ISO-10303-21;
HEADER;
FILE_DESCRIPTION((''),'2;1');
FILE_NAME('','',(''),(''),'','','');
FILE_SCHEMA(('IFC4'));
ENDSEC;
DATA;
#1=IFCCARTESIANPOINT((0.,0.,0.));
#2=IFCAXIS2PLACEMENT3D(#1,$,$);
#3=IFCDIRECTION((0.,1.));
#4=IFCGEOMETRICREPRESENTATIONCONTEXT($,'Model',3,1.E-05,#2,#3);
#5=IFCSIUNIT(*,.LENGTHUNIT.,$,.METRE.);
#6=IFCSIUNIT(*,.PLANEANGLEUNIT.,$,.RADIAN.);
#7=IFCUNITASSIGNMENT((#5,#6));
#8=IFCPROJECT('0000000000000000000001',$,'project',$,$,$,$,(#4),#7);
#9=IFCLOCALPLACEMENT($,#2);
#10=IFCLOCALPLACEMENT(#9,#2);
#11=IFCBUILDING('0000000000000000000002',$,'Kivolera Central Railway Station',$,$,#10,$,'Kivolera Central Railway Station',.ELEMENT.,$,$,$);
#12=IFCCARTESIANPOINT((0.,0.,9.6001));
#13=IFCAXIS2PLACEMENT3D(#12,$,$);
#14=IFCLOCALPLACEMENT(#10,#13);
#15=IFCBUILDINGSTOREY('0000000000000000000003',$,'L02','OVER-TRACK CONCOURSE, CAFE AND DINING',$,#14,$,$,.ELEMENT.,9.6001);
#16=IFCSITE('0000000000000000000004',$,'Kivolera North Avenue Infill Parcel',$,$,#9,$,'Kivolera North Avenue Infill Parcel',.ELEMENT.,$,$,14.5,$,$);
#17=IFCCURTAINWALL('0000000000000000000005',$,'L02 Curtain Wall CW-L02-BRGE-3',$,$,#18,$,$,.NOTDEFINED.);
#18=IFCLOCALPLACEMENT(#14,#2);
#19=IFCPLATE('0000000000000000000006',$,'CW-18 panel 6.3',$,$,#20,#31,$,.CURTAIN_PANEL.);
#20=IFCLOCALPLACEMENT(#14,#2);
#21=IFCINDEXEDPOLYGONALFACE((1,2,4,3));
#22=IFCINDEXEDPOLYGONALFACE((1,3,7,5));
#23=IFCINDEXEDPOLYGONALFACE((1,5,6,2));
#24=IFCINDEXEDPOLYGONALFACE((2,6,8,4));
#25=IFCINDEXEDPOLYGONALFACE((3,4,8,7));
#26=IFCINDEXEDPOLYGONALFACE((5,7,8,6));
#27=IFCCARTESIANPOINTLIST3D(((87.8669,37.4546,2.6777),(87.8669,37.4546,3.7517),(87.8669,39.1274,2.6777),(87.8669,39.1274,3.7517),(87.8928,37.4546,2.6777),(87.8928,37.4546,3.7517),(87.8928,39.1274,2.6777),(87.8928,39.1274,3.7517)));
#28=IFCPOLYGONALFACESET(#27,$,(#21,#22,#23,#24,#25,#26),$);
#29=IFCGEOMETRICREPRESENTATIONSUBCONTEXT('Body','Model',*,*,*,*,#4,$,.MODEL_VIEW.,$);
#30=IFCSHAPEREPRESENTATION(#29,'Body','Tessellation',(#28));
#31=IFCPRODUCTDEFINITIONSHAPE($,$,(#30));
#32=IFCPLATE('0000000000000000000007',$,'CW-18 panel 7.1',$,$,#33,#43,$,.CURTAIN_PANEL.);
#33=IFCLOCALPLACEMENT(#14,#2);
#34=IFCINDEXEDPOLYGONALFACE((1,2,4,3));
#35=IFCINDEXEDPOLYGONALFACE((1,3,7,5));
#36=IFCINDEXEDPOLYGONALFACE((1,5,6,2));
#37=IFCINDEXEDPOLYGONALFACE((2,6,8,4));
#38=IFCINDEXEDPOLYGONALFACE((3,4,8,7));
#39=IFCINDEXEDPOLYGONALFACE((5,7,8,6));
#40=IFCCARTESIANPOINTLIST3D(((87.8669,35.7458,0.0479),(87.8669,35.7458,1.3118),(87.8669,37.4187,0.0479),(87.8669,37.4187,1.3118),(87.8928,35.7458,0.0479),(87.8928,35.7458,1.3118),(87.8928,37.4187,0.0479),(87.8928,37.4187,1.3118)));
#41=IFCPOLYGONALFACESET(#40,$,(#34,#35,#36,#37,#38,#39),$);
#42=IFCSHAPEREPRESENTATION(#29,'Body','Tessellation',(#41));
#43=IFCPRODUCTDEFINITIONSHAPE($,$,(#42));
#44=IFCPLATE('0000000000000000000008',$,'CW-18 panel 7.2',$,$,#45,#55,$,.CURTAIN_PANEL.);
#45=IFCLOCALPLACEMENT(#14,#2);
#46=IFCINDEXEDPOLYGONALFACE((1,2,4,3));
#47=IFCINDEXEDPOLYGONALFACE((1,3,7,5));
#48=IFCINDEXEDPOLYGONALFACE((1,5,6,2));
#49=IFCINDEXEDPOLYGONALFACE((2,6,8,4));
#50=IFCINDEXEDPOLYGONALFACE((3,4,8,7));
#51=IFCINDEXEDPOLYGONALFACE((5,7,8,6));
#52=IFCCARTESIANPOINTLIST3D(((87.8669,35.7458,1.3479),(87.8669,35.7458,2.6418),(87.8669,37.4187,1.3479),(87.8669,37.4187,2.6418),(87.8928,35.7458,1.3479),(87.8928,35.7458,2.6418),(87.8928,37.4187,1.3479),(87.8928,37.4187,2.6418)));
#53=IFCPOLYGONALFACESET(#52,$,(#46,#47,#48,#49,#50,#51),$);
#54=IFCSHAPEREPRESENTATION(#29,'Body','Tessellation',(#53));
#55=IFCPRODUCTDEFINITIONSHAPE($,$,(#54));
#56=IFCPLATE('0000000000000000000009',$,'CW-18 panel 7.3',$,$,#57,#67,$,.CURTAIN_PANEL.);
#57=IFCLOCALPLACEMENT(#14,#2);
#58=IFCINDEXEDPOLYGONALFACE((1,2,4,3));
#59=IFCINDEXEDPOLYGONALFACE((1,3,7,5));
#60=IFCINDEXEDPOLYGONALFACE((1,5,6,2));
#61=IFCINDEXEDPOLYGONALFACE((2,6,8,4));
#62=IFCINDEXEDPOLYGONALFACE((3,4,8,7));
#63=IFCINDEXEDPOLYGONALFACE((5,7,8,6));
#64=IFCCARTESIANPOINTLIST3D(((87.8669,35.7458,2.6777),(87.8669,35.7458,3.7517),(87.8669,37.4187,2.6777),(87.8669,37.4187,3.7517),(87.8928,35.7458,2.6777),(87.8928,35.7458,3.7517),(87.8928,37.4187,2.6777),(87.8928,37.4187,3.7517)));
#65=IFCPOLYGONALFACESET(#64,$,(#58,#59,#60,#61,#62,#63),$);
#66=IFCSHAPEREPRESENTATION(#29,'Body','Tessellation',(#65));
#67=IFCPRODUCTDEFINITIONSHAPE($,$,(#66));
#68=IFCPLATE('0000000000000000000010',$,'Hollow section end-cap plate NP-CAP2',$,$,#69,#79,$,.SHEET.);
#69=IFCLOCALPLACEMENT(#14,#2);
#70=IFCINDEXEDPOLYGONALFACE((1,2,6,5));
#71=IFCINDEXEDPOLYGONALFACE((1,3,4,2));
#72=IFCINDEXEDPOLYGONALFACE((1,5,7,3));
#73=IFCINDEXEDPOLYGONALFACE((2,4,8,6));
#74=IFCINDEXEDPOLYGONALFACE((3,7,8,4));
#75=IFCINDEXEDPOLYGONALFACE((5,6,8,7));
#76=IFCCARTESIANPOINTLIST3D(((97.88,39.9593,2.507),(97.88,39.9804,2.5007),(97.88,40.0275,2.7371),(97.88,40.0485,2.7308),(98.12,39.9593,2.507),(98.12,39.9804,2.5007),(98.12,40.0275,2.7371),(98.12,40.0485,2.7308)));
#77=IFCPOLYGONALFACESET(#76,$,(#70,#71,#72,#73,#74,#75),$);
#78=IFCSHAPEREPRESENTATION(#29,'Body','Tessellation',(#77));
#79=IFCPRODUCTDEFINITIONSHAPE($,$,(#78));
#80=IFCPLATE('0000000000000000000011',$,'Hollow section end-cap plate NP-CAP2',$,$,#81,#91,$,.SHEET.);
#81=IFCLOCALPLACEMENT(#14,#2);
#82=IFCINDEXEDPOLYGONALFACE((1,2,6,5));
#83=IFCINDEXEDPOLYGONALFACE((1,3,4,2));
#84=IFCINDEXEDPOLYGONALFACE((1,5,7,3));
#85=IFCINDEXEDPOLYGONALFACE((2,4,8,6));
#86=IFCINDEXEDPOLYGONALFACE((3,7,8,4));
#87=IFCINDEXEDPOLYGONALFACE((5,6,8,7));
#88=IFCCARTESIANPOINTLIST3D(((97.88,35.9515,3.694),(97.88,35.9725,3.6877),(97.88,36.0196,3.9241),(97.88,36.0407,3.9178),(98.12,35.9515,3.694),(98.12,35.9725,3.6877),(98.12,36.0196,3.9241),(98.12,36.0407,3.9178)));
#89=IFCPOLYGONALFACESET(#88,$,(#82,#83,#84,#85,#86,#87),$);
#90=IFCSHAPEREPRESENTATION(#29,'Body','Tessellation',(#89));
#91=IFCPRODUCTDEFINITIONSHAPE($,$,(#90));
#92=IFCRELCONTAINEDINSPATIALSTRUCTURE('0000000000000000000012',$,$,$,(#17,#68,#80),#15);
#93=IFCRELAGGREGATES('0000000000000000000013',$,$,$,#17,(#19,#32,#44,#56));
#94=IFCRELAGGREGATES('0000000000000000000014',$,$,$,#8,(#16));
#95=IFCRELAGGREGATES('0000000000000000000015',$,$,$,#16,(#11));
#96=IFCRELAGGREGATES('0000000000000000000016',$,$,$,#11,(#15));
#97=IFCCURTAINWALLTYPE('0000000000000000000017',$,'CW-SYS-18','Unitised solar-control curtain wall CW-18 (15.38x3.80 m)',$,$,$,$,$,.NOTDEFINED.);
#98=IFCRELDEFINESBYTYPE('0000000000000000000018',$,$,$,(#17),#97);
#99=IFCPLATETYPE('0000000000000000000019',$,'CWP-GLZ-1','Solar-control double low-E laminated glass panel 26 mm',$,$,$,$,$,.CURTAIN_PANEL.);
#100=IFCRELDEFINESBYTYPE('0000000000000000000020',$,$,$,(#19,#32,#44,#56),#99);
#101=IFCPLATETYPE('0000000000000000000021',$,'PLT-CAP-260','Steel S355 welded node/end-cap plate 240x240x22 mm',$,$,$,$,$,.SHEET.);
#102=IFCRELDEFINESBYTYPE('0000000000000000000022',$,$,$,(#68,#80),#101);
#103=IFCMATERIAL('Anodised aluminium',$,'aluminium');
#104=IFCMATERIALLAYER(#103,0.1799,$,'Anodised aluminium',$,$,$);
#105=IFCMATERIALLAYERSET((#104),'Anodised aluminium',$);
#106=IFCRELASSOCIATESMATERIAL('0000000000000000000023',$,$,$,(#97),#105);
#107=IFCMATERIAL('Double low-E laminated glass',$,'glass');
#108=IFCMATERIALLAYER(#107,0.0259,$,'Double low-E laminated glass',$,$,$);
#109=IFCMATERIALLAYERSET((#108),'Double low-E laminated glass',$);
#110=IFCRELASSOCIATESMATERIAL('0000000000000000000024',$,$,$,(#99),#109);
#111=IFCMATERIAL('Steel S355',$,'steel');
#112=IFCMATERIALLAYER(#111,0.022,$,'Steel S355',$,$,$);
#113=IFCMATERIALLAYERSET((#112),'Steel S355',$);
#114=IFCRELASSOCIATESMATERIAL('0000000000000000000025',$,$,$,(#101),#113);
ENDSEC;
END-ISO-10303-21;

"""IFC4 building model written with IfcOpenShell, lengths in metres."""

from ifc_helpers import new_model, si_unit, direction, frame, origin, origin_2d, place, context, subcontext, project, spatial, rectangle, extrude, material, layer, layer_set, type_object, element, aggregate, save


model = new_model("IFC4")

# Units and contexts
model_context = context("Model", 3, precision=1e-05, world=origin(), true_north=direction((0.0, 1.0)))
body_context = subcontext(model_context, "Body", "Model", "MODEL_VIEW")
ifc_project = project(units=[si_unit("LENGTHUNIT", "METRE"), si_unit("PLANEANGLEUNIT", "RADIAN")], contexts=[model_context])

# Site, building, storey
site_placement = place(None, origin())
site = spatial("IfcSite", under=ifc_project, at=site_placement, Name="Kivolera North Avenue Infill Parcel", LongName="Kivolera North Avenue Infill Parcel", CompositionType="ELEMENT", RefElevation=14.5)
building_placement = place(site_placement, origin())
building = spatial("IfcBuilding", under=site, at=building_placement, Name="Kivolera Central Railway Station", LongName="Kivolera Central Railway Station", CompositionType="ELEMENT")
storey_placement = place(building_placement, frame((0.0, 0.0, 9.6001)))
storey = spatial("IfcBuildingStorey", under=building, at=storey_placement, Name="L02", Description="OVER-TRACK CONCOURSE, CAFE AND DINING", CompositionType="ELEMENT", Elevation=9.6001)

# Shared definitions
ifc_material_1 = material(Name="Steel S355", Category="steel")

# Curtain wall
ifc_material_2 = material(Name="Anodised aluminium", Category="aluminium")
ifc_layer_1 = layer(ifc_material_2, 0.1799, Name="Anodised aluminium")
ifc_layer_set_1 = layer_set([ifc_layer_1], Name="Anodised aluminium")
curtain_wall_type = type_object("IfcCurtainWallType", Name="CW-SYS-18", Description="Unitised solar-control curtain wall CW-18 (15.38x3.80 m)", PredefinedType="NOTDEFINED", material=ifc_layer_set_1)
curtain_wall_placement = place(storey_placement, origin())
curtain_wall = element("IfcCurtainWall", 1, at=curtain_wall_placement, inside=storey, type_object=curtain_wall_type, Name="L02 Curtain Wall CW-L02-BRGE-3", PredefinedType="NOTDEFINED")

# Plates
ifc_material_3 = material(Name="Double low-E laminated glass", Category="glass")
ifc_layer_2 = layer(ifc_material_3, 0.0259, Name="Double low-E laminated glass")
ifc_layer_set_2 = layer_set([ifc_layer_2], Name="Double low-E laminated glass")
plate_type_1 = type_object("IfcPlateType", Name="CWP-GLZ-1", Description="Solar-control double low-E laminated glass panel 26 mm", PredefinedType="CURTAIN_PANEL", material=ifc_layer_set_2)
plate_1_placement = place(storey_placement, frame((87.8799, 38.291, 2.6777), z_axis=(0.0, 0.0, 1.0), x_axis=(0.0, -1.0, 0.0)))
plate_1 = element("IfcPlate", 2, at=plate_1_placement, type_object=plate_type_1, Name="CW-18 panel 6.3", PredefinedType="CURTAIN_PANEL", context=body_context, shape_type="SweptSolid", body=[
    extrude(rectangle(XDim=1.6729, YDim=0.0259, at=origin_2d()), origin(), (0.0, 0.0, 1.0), 1.074),
])
plate_2_placement = place(storey_placement, frame((87.8799, 36.5823, 0.0479), z_axis=(0.0, 0.0, 1.0), x_axis=(0.0, -1.0, 0.0)))
plate_2 = element("IfcPlate", 3, at=plate_2_placement, type_object=plate_type_1, Name="CW-18 panel 7.1", PredefinedType="CURTAIN_PANEL", context=body_context, shape_type="SweptSolid", body=[
    extrude(rectangle(XDim=1.6729, YDim=0.0259, at=origin_2d()), origin(), (0.0, 0.0, 1.0), 1.2639),
])
plate_3_placement = place(storey_placement, frame((87.8799, 36.5823, 1.3479), z_axis=(0.0, 0.0, 1.0), x_axis=(0.0, -1.0, 0.0)))
plate_3 = element("IfcPlate", 4, at=plate_3_placement, type_object=plate_type_1, Name="CW-18 panel 7.2", PredefinedType="CURTAIN_PANEL", context=body_context, shape_type="SweptSolid", body=[
    extrude(rectangle(XDim=1.6729, YDim=0.0259, at=origin_2d()), origin(), (0.0, 0.0, 1.0), 1.2939),
])
plate_4_placement = place(storey_placement, frame((87.8799, 36.5823, 2.6777), z_axis=(0.0, 0.0, 1.0), x_axis=(0.0, -1.0, 0.0)))
plate_4 = element("IfcPlate", 5, at=plate_4_placement, type_object=plate_type_1, Name="CW-18 panel 7.3", PredefinedType="CURTAIN_PANEL", context=body_context, shape_type="SweptSolid", body=[
    extrude(rectangle(XDim=1.6729, YDim=0.0259, at=origin_2d()), origin(), (0.0, 0.0, 1.0), 1.074),
])
aggregate(curtain_wall, [plate_1, plate_2, plate_3, plate_4])

# Plates
ifc_layer_3 = layer(ifc_material_1, 0.022, Name="Steel S355")
ifc_layer_set_3 = layer_set([ifc_layer_3], Name="Steel S355")
plate_type_2 = type_object("IfcPlateType", Name="PLT-CAP-260", Description="Steel S355 welded node/end-cap plate 240x240x22 mm", PredefinedType="SHEET", material=ifc_layer_set_3)
for number, where, z_axis, x_axis, name in (
    (6, (98.0, 40.0039, 2.6189), (0.0, -0.95881, 0.284048), (1.0, 0.0, 0.0), "Hollow section end-cap plate NP-CAP2"),
    (7, (98.0, 35.9961, 3.8059), (0.0, -0.95881, 0.284048), (1.0, 0.0, 0.0), "Hollow section end-cap plate NP-CAP2"),
):
    element("IfcPlate", number, at=place(storey_placement, frame(where, z_axis=z_axis, x_axis=x_axis)), inside=storey, type_object=plate_type_2, Name=name, PredefinedType="SHEET", context=body_context, shape_type="SweptSolid", body=[
        extrude(rectangle(XDim=0.24, YDim=0.24, at=origin_2d()), frame((0.0, 0.0, -0.011)), (0.0, 0.0, 1.0), 0.022),
    ])

save(model, "model.ifc")
